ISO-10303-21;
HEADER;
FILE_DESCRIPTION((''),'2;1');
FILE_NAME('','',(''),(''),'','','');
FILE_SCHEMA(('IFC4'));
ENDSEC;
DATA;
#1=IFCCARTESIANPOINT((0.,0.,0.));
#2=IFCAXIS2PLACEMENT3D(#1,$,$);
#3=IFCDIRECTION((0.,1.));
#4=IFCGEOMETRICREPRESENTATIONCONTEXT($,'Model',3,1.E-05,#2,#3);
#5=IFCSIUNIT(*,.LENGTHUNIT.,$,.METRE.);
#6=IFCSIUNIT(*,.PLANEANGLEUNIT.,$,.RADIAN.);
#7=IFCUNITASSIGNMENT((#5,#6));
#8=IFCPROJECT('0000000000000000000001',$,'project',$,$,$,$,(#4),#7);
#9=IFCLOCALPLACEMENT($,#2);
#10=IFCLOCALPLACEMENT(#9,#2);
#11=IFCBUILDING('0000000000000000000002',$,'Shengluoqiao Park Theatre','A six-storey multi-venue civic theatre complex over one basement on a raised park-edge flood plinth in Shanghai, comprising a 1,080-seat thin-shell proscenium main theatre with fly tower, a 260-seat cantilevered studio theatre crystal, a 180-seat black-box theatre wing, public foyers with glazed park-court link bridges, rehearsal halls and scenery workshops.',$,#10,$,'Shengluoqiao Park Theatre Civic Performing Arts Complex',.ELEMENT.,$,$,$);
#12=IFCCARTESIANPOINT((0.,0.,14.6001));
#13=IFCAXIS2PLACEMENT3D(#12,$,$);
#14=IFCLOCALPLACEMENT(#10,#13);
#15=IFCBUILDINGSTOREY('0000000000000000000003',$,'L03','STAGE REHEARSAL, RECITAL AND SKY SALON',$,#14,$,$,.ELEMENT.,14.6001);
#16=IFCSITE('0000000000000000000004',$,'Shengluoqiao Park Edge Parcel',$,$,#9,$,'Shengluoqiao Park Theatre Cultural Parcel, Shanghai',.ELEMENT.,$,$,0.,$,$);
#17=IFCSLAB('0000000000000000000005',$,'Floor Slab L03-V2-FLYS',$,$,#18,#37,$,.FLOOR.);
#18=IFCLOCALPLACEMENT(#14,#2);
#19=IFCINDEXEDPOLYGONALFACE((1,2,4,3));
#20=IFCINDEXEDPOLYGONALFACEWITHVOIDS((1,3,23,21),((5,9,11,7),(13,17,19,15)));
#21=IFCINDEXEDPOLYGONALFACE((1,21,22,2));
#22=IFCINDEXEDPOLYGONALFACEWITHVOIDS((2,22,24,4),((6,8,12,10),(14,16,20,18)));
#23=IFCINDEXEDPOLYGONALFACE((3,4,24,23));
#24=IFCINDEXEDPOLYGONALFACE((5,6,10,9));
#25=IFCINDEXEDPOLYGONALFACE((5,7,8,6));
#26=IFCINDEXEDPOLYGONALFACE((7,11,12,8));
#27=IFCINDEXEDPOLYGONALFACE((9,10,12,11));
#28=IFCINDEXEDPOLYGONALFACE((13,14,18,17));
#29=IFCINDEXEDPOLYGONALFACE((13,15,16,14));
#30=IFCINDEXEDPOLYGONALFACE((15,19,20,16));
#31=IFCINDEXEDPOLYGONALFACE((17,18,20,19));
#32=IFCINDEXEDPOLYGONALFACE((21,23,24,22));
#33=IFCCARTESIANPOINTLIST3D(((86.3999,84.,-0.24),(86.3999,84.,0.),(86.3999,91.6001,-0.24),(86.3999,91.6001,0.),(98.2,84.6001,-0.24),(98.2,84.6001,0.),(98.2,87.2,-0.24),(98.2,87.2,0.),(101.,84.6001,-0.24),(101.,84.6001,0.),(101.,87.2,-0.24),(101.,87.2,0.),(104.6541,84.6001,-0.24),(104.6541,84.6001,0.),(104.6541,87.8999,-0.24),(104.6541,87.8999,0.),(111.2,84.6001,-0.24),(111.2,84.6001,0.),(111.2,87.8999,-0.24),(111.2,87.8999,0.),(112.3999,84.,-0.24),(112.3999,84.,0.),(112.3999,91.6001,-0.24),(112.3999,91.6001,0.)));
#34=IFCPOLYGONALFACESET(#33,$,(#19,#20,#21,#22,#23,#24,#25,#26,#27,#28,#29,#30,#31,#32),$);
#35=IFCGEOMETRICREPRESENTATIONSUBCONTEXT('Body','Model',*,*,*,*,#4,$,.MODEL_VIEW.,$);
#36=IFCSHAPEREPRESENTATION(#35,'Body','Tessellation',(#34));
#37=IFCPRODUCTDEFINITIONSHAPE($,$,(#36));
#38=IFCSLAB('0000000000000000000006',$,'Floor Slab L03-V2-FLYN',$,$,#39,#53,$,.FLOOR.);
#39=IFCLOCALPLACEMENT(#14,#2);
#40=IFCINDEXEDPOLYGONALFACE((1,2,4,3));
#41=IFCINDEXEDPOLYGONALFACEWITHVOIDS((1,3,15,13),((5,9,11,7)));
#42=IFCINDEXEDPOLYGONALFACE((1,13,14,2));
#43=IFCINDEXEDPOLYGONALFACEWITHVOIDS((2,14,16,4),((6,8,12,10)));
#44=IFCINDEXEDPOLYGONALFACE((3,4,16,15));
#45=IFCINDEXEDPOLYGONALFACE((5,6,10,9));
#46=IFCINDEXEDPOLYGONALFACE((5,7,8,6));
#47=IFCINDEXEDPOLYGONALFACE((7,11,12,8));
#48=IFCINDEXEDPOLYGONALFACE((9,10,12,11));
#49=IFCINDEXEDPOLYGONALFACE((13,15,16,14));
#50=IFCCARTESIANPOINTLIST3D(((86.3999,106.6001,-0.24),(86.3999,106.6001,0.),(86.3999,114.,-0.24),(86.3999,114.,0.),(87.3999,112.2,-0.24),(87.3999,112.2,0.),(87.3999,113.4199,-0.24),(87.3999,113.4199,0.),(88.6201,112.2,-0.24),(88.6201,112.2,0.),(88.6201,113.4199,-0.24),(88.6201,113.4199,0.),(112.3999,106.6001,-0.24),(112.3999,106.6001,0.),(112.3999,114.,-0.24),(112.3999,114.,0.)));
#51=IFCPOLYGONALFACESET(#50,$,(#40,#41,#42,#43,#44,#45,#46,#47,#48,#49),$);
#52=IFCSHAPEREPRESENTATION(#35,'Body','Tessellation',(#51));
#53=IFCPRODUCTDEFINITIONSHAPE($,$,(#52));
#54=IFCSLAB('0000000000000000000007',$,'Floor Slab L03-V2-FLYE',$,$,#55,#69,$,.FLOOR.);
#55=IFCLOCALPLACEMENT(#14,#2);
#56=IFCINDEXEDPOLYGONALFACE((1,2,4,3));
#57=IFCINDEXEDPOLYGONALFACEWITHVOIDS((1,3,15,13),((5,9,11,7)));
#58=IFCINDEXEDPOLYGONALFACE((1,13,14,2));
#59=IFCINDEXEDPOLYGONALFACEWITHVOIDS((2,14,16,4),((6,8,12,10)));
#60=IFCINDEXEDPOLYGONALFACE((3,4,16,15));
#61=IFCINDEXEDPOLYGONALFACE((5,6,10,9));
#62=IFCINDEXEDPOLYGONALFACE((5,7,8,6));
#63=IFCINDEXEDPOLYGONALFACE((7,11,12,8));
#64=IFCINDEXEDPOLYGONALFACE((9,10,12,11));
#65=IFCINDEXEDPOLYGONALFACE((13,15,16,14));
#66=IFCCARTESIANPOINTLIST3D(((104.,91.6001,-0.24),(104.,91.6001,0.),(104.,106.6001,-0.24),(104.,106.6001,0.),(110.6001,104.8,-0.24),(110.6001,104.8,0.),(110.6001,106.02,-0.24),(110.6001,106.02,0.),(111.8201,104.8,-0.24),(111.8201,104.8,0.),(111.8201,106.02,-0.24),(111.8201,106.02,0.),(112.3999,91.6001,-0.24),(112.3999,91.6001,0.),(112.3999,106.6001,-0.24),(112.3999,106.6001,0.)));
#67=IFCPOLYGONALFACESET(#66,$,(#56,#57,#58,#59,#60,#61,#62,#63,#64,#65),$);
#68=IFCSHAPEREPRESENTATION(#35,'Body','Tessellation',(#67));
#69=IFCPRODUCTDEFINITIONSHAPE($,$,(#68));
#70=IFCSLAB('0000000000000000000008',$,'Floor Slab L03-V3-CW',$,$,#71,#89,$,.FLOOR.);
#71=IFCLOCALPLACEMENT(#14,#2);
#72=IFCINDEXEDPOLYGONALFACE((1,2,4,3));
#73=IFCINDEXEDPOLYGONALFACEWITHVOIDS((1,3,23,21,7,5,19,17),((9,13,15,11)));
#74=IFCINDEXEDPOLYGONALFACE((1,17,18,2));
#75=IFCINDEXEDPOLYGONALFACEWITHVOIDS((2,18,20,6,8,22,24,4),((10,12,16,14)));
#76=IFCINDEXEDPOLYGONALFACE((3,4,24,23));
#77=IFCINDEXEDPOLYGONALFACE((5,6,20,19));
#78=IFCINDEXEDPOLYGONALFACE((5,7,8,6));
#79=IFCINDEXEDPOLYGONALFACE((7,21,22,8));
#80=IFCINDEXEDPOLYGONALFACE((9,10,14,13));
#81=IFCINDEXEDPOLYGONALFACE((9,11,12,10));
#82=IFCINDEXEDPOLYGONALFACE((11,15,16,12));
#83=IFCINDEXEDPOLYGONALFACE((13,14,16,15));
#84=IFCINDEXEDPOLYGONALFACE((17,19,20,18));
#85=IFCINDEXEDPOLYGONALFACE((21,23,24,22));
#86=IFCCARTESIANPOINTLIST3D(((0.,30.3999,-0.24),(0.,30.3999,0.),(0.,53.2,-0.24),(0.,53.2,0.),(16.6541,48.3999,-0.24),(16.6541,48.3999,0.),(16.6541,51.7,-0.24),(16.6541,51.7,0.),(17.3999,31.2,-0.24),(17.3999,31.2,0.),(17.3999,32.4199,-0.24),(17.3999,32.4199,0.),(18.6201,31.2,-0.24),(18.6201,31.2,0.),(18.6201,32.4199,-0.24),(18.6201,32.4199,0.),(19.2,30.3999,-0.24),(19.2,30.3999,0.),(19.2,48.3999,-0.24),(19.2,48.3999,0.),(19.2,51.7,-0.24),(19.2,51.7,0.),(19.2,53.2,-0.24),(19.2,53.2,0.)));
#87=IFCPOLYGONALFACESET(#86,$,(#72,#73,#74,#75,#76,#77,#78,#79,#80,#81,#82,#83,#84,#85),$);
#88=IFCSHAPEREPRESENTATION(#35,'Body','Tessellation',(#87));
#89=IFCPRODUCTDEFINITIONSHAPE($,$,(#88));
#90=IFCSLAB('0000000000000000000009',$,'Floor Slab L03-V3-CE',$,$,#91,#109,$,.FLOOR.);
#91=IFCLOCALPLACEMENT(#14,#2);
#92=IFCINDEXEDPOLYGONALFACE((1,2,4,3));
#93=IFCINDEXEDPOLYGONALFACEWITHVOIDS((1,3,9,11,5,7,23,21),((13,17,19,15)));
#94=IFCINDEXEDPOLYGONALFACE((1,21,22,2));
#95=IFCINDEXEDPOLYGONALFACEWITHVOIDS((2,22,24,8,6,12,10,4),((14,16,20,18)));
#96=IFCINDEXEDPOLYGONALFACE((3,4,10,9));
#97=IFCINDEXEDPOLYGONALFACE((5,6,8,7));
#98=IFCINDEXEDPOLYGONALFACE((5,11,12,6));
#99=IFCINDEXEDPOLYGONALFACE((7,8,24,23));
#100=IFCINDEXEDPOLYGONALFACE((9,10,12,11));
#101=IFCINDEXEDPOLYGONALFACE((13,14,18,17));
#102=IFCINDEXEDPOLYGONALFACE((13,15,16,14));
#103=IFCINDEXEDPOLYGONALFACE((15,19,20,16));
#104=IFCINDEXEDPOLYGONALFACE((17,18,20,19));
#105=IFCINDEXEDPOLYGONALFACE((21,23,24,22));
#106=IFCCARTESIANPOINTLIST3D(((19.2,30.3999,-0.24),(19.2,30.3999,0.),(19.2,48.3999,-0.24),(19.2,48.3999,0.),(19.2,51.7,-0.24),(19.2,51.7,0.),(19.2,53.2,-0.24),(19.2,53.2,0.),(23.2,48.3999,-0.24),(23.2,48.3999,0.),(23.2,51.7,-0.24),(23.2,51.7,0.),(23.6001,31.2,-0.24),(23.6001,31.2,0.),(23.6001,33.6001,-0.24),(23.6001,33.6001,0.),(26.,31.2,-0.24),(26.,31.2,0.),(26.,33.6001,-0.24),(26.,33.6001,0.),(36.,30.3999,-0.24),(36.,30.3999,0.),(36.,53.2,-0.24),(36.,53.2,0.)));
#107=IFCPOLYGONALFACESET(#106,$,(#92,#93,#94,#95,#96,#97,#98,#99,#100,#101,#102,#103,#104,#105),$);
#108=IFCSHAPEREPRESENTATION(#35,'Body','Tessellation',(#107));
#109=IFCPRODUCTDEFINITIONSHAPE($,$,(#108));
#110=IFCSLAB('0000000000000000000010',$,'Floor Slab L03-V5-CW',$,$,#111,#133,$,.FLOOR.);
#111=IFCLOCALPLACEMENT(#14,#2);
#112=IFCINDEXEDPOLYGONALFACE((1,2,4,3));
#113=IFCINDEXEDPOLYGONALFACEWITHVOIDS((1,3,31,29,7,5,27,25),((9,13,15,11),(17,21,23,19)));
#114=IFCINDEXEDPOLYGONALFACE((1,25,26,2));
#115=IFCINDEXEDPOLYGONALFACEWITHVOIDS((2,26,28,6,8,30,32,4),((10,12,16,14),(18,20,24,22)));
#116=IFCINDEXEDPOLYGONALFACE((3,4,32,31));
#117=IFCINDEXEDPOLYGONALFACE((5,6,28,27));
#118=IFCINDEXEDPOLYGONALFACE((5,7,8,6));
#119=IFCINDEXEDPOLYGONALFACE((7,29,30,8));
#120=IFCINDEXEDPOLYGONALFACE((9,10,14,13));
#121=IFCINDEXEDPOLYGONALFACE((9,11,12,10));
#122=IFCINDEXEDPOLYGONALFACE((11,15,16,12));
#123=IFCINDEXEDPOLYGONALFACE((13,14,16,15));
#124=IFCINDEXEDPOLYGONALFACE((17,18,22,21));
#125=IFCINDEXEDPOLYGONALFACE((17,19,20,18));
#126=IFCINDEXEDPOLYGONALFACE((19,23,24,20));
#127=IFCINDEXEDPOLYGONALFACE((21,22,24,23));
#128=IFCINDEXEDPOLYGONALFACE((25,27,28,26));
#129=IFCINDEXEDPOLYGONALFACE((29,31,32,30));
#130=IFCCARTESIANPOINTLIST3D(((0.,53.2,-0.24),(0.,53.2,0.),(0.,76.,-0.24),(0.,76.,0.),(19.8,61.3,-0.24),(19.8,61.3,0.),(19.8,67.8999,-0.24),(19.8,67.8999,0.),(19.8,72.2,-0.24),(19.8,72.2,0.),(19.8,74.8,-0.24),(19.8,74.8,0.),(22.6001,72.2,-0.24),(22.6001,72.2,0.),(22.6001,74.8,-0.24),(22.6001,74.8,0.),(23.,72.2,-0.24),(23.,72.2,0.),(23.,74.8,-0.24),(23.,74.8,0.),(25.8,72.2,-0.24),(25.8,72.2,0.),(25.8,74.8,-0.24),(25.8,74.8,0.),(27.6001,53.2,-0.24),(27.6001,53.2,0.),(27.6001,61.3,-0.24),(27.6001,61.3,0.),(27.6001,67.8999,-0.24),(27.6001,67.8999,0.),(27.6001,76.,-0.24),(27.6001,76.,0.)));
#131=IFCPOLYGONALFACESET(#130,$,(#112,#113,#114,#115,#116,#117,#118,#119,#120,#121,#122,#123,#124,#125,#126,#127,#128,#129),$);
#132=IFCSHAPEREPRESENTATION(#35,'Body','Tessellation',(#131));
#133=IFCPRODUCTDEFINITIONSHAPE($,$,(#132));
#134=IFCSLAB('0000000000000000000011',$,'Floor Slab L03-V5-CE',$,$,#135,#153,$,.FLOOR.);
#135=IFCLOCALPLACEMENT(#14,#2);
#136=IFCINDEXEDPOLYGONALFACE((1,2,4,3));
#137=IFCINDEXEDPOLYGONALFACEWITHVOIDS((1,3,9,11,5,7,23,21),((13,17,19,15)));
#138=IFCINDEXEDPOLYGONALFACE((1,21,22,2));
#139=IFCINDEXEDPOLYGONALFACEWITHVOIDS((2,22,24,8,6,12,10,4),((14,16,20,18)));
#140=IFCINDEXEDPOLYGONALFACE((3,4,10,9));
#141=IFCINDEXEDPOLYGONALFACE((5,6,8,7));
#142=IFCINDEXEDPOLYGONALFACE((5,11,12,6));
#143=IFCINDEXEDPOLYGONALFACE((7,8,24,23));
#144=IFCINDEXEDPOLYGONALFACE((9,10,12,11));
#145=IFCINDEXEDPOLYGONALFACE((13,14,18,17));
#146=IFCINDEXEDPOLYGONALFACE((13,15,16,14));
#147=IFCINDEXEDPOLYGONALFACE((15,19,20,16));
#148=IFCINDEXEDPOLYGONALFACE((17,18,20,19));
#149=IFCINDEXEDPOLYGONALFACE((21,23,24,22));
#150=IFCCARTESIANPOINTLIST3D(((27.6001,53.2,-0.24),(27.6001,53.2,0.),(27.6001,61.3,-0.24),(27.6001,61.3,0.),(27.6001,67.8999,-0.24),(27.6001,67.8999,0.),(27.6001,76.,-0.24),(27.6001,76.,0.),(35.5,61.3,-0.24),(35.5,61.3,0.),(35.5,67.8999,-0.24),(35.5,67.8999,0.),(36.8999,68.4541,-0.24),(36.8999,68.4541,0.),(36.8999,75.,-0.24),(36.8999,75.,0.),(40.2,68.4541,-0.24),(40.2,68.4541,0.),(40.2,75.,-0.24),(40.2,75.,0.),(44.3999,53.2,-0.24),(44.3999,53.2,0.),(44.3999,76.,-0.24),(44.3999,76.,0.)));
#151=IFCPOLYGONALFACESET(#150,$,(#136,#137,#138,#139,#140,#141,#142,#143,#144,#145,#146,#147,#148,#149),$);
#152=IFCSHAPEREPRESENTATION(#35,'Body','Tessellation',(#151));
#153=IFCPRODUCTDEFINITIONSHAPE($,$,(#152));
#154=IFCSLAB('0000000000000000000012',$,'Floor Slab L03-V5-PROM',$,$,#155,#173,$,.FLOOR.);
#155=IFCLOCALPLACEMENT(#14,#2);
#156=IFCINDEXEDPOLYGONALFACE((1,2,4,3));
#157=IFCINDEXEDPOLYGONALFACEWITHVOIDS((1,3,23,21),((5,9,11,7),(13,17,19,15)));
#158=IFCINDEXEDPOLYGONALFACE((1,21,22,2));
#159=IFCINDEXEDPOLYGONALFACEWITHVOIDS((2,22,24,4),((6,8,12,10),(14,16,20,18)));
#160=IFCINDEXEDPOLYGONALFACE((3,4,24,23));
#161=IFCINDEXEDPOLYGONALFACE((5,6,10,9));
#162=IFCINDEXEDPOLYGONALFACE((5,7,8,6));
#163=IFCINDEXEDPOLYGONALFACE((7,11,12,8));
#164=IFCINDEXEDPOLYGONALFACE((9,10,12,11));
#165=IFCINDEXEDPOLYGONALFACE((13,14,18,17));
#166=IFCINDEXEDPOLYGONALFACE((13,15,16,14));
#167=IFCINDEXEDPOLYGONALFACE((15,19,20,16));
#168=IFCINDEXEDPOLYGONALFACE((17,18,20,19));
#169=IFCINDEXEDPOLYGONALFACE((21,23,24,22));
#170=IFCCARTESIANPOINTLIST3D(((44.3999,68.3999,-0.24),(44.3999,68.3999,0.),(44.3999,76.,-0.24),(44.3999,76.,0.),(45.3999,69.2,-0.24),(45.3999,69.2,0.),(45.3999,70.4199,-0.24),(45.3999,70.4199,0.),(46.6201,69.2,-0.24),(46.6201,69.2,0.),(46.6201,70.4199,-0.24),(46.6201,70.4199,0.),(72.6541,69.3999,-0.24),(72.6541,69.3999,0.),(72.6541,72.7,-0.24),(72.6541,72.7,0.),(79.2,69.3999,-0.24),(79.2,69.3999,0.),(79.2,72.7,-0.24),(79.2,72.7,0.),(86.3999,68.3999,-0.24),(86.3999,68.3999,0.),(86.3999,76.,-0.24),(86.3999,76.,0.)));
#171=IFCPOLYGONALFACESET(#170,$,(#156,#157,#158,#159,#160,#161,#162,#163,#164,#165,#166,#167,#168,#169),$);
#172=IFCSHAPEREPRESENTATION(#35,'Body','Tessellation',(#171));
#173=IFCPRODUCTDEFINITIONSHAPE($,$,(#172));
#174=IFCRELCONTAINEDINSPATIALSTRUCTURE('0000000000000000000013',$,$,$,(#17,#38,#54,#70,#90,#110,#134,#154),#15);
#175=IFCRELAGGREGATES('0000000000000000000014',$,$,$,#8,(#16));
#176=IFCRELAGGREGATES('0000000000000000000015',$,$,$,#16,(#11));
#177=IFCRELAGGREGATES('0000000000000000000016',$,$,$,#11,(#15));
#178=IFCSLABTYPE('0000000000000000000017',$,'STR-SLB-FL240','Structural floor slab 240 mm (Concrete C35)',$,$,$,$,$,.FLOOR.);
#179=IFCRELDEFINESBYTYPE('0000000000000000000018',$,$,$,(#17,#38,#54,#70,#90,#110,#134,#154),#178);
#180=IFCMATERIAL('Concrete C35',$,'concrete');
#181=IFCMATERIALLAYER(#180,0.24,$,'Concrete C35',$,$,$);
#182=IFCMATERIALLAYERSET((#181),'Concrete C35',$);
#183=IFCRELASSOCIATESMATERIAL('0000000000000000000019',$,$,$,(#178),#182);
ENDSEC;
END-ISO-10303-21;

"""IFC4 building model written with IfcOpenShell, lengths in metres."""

from ifc_helpers import new_model, si_unit, direction, frame, origin, place, context, subcontext, project, spatial, polyline, outline, extrude, material, layer, layer_set, type_object, element, save


model = new_model("IFC4")

# Units and contexts
model_context = context("Model", 3, precision=1e-05, world=origin(), true_north=direction((0.0, 1.0)))
body_context = subcontext(model_context, "Body", "Model", "MODEL_VIEW")
ifc_project = project(units=[si_unit("LENGTHUNIT", "METRE"), si_unit("PLANEANGLEUNIT", "RADIAN")], contexts=[model_context])

# Site, building, storey
site_placement = place(None, origin())
site = spatial("IfcSite", under=ifc_project, at=site_placement, Name="Shengluoqiao Park Edge Parcel", LongName="Shengluoqiao Park Theatre Cultural Parcel, Shanghai", CompositionType="ELEMENT", RefElevation=0.0)
building_placement = place(site_placement, origin())
building = spatial("IfcBuilding", under=site, at=building_placement, Name="Shengluoqiao Park Theatre", Description="A six-storey multi-venue civic theatre complex over one basement on a raised park-edge flood plinth in Shanghai, comprising a 1,080-seat thin-shell proscenium main theatre with fly tower, a 260-seat cantilevered studio theatre crystal, a 180-seat black-box theatre wing, public foyers with glazed park-court link bridges, rehearsal halls and scenery workshops.", LongName="Shengluoqiao Park Theatre Civic Performing Arts Complex", CompositionType="ELEMENT")
storey_placement = place(building_placement, frame((0.0, 0.0, 14.6001)))
storey = spatial("IfcBuildingStorey", under=building, at=storey_placement, Name="L03", Description="STAGE REHEARSAL, RECITAL AND SKY SALON", CompositionType="ELEMENT", Elevation=14.6001)

# Slabs
ifc_material_1 = material(Name="Concrete C35", Category="concrete")
ifc_layer_1 = layer(ifc_material_1, 0.24, Name="Concrete C35")
ifc_layer_set_1 = layer_set([ifc_layer_1], Name="Concrete C35")
slab_type_1 = type_object("IfcSlabType", Name="STR-SLB-FL240", Description="Structural floor slab 240 mm (Concrete C35)", PredefinedType="FLOOR", material=ifc_layer_set_1)
slab_1_placement = place(storey_placement, frame((0.0, 0.0, -0.24)))
element("IfcSlab", 1, at=slab_1_placement, inside=storey, type_object=slab_type_1, Name="Floor Slab L03-V2-FLYS", PredefinedType="FLOOR", context=body_context, shape_type="SweptSolid", body=[
    extrude(outline(polyline([(86.3999, 84.0), (86.3999, 91.6001), (112.3999, 91.6001), (112.3999, 84.0), (86.3999, 84.0)]), holes=[polyline([(101.0, 87.2), (98.2, 87.2), (98.2, 84.6001), (101.0, 84.6001), (101.0, 87.2)]), polyline([(104.6541, 84.6001), (111.2, 84.6001), (111.2, 87.8999), (104.6541, 87.8999), (104.6541, 84.6001)])]), origin(), (0.0, 0.0, 1.0), 0.24),
])
slab_2_placement = place(storey_placement, frame((0.0, 0.0, -0.24)))
element("IfcSlab", 2, at=slab_2_placement, inside=storey, type_object=slab_type_1, Name="Floor Slab L03-V2-FLYN", PredefinedType="FLOOR", context=body_context, shape_type="SweptSolid", body=[
    extrude(outline(polyline([(86.3999, 106.6001), (86.3999, 114.0), (112.3999, 114.0), (112.3999, 106.6001), (86.3999, 106.6001)]), holes=[polyline([(88.6201, 112.2), (88.6201, 113.4199), (87.3999, 113.4199), (87.3999, 112.2), (88.6201, 112.2)])]), origin(), (0.0, 0.0, 1.0), 0.24),
])
slab_3_placement = place(storey_placement, frame((0.0, 0.0, -0.24)))
element("IfcSlab", 3, at=slab_3_placement, inside=storey, type_object=slab_type_1, Name="Floor Slab L03-V2-FLYE", PredefinedType="FLOOR", context=body_context, shape_type="SweptSolid", body=[
    extrude(outline(polyline([(104.0, 91.6001), (104.0, 106.6001), (112.3999, 106.6001), (112.3999, 91.6001), (104.0, 91.6001)]), holes=[polyline([(111.8201, 104.8), (111.8201, 106.02), (110.6001, 106.02), (110.6001, 104.8), (111.8201, 104.8)])]), origin(), (0.0, 0.0, 1.0), 0.24),
])
slab_4_placement = place(storey_placement, frame((0.0, 0.0, -0.24)))
element("IfcSlab", 4, at=slab_4_placement, inside=storey, type_object=slab_type_1, Name="Floor Slab L03-V3-CW", PredefinedType="FLOOR", context=body_context, shape_type="SweptSolid", body=[
    extrude(outline(polyline([(19.2, 30.3999), (0.0, 30.3999), (0.0, 53.2), (19.2, 53.2), (19.2, 51.7), (16.6541, 51.7), (16.6541, 48.3999), (19.2, 48.3999), (19.2, 30.3999)]), holes=[polyline([(18.6201, 32.4199), (17.3999, 32.4199), (17.3999, 31.2), (18.6201, 31.2), (18.6201, 32.4199)])]), origin(), (0.0, 0.0, 1.0), 0.24),
])
slab_5_placement = place(storey_placement, frame((0.0, 0.0, -0.24)))
element("IfcSlab", 5, at=slab_5_placement, inside=storey, type_object=slab_type_1, Name="Floor Slab L03-V3-CE", PredefinedType="FLOOR", context=body_context, shape_type="SweptSolid", body=[
    extrude(outline(polyline([(19.2, 53.2), (36.0, 53.2), (36.0, 30.3999), (19.2, 30.3999), (19.2, 48.3999), (23.2, 48.3999), (23.2, 51.7), (19.2, 51.7), (19.2, 53.2)]), holes=[polyline([(26.0, 31.2), (26.0, 33.6001), (23.6001, 33.6001), (23.6001, 31.2), (26.0, 31.2)])]), origin(), (0.0, 0.0, 1.0), 0.24),
])
slab_6_placement = place(storey_placement, frame((0.0, 0.0, -0.24)))
element("IfcSlab", 6, at=slab_6_placement, inside=storey, type_object=slab_type_1, Name="Floor Slab L03-V5-CW", PredefinedType="FLOOR", context=body_context, shape_type="SweptSolid", body=[
    extrude(outline(polyline([(27.6001, 53.2), (0.0, 53.2), (0.0, 76.0), (27.6001, 76.0), (27.6001, 67.8999), (19.8, 67.8999), (19.8, 61.3), (27.6001, 61.3), (27.6001, 53.2)]), holes=[polyline([(22.6001, 74.8), (19.8, 74.8), (19.8, 72.2), (22.6001, 72.2), (22.6001, 74.8)]), polyline([(25.8, 72.2), (25.8, 74.8), (23.0, 74.8), (23.0, 72.2), (25.8, 72.2)])]), origin(), (0.0, 0.0, 1.0), 0.24),
])
slab_7_placement = place(storey_placement, frame((0.0, 0.0, -0.24)))
element("IfcSlab", 7, at=slab_7_placement, inside=storey, type_object=slab_type_1, Name="Floor Slab L03-V5-CE", PredefinedType="FLOOR", context=body_context, shape_type="SweptSolid", body=[
    extrude(outline(polyline([(27.6001, 76.0), (44.3999, 76.0), (44.3999, 53.2), (27.6001, 53.2), (27.6001, 61.3), (35.5, 61.3), (35.5, 67.8999), (27.6001, 67.8999), (27.6001, 76.0)]), holes=[polyline([(40.2, 68.4541), (40.2, 75.0), (36.8999, 75.0), (36.8999, 68.4541), (40.2, 68.4541)])]), origin(), (0.0, 0.0, 1.0), 0.24),
])
slab_8_placement = place(storey_placement, frame((0.0, 0.0, -0.24)))
element("IfcSlab", 8, at=slab_8_placement, inside=storey, type_object=slab_type_1, Name="Floor Slab L03-V5-PROM", PredefinedType="FLOOR", context=body_context, shape_type="SweptSolid", body=[
    extrude(outline(polyline([(44.3999, 68.3999), (44.3999, 76.0), (86.3999, 76.0), (86.3999, 68.3999), (44.3999, 68.3999)]), holes=[polyline([(46.6201, 69.2), (46.6201, 70.4199), (45.3999, 70.4199), (45.3999, 69.2), (46.6201, 69.2)]), polyline([(79.2, 69.3999), (79.2, 72.7), (72.6541, 72.7), (72.6541, 69.3999), (79.2, 69.3999)])]), origin(), (0.0, 0.0, 1.0), 0.24),
])

save(model, "model.ifc")
